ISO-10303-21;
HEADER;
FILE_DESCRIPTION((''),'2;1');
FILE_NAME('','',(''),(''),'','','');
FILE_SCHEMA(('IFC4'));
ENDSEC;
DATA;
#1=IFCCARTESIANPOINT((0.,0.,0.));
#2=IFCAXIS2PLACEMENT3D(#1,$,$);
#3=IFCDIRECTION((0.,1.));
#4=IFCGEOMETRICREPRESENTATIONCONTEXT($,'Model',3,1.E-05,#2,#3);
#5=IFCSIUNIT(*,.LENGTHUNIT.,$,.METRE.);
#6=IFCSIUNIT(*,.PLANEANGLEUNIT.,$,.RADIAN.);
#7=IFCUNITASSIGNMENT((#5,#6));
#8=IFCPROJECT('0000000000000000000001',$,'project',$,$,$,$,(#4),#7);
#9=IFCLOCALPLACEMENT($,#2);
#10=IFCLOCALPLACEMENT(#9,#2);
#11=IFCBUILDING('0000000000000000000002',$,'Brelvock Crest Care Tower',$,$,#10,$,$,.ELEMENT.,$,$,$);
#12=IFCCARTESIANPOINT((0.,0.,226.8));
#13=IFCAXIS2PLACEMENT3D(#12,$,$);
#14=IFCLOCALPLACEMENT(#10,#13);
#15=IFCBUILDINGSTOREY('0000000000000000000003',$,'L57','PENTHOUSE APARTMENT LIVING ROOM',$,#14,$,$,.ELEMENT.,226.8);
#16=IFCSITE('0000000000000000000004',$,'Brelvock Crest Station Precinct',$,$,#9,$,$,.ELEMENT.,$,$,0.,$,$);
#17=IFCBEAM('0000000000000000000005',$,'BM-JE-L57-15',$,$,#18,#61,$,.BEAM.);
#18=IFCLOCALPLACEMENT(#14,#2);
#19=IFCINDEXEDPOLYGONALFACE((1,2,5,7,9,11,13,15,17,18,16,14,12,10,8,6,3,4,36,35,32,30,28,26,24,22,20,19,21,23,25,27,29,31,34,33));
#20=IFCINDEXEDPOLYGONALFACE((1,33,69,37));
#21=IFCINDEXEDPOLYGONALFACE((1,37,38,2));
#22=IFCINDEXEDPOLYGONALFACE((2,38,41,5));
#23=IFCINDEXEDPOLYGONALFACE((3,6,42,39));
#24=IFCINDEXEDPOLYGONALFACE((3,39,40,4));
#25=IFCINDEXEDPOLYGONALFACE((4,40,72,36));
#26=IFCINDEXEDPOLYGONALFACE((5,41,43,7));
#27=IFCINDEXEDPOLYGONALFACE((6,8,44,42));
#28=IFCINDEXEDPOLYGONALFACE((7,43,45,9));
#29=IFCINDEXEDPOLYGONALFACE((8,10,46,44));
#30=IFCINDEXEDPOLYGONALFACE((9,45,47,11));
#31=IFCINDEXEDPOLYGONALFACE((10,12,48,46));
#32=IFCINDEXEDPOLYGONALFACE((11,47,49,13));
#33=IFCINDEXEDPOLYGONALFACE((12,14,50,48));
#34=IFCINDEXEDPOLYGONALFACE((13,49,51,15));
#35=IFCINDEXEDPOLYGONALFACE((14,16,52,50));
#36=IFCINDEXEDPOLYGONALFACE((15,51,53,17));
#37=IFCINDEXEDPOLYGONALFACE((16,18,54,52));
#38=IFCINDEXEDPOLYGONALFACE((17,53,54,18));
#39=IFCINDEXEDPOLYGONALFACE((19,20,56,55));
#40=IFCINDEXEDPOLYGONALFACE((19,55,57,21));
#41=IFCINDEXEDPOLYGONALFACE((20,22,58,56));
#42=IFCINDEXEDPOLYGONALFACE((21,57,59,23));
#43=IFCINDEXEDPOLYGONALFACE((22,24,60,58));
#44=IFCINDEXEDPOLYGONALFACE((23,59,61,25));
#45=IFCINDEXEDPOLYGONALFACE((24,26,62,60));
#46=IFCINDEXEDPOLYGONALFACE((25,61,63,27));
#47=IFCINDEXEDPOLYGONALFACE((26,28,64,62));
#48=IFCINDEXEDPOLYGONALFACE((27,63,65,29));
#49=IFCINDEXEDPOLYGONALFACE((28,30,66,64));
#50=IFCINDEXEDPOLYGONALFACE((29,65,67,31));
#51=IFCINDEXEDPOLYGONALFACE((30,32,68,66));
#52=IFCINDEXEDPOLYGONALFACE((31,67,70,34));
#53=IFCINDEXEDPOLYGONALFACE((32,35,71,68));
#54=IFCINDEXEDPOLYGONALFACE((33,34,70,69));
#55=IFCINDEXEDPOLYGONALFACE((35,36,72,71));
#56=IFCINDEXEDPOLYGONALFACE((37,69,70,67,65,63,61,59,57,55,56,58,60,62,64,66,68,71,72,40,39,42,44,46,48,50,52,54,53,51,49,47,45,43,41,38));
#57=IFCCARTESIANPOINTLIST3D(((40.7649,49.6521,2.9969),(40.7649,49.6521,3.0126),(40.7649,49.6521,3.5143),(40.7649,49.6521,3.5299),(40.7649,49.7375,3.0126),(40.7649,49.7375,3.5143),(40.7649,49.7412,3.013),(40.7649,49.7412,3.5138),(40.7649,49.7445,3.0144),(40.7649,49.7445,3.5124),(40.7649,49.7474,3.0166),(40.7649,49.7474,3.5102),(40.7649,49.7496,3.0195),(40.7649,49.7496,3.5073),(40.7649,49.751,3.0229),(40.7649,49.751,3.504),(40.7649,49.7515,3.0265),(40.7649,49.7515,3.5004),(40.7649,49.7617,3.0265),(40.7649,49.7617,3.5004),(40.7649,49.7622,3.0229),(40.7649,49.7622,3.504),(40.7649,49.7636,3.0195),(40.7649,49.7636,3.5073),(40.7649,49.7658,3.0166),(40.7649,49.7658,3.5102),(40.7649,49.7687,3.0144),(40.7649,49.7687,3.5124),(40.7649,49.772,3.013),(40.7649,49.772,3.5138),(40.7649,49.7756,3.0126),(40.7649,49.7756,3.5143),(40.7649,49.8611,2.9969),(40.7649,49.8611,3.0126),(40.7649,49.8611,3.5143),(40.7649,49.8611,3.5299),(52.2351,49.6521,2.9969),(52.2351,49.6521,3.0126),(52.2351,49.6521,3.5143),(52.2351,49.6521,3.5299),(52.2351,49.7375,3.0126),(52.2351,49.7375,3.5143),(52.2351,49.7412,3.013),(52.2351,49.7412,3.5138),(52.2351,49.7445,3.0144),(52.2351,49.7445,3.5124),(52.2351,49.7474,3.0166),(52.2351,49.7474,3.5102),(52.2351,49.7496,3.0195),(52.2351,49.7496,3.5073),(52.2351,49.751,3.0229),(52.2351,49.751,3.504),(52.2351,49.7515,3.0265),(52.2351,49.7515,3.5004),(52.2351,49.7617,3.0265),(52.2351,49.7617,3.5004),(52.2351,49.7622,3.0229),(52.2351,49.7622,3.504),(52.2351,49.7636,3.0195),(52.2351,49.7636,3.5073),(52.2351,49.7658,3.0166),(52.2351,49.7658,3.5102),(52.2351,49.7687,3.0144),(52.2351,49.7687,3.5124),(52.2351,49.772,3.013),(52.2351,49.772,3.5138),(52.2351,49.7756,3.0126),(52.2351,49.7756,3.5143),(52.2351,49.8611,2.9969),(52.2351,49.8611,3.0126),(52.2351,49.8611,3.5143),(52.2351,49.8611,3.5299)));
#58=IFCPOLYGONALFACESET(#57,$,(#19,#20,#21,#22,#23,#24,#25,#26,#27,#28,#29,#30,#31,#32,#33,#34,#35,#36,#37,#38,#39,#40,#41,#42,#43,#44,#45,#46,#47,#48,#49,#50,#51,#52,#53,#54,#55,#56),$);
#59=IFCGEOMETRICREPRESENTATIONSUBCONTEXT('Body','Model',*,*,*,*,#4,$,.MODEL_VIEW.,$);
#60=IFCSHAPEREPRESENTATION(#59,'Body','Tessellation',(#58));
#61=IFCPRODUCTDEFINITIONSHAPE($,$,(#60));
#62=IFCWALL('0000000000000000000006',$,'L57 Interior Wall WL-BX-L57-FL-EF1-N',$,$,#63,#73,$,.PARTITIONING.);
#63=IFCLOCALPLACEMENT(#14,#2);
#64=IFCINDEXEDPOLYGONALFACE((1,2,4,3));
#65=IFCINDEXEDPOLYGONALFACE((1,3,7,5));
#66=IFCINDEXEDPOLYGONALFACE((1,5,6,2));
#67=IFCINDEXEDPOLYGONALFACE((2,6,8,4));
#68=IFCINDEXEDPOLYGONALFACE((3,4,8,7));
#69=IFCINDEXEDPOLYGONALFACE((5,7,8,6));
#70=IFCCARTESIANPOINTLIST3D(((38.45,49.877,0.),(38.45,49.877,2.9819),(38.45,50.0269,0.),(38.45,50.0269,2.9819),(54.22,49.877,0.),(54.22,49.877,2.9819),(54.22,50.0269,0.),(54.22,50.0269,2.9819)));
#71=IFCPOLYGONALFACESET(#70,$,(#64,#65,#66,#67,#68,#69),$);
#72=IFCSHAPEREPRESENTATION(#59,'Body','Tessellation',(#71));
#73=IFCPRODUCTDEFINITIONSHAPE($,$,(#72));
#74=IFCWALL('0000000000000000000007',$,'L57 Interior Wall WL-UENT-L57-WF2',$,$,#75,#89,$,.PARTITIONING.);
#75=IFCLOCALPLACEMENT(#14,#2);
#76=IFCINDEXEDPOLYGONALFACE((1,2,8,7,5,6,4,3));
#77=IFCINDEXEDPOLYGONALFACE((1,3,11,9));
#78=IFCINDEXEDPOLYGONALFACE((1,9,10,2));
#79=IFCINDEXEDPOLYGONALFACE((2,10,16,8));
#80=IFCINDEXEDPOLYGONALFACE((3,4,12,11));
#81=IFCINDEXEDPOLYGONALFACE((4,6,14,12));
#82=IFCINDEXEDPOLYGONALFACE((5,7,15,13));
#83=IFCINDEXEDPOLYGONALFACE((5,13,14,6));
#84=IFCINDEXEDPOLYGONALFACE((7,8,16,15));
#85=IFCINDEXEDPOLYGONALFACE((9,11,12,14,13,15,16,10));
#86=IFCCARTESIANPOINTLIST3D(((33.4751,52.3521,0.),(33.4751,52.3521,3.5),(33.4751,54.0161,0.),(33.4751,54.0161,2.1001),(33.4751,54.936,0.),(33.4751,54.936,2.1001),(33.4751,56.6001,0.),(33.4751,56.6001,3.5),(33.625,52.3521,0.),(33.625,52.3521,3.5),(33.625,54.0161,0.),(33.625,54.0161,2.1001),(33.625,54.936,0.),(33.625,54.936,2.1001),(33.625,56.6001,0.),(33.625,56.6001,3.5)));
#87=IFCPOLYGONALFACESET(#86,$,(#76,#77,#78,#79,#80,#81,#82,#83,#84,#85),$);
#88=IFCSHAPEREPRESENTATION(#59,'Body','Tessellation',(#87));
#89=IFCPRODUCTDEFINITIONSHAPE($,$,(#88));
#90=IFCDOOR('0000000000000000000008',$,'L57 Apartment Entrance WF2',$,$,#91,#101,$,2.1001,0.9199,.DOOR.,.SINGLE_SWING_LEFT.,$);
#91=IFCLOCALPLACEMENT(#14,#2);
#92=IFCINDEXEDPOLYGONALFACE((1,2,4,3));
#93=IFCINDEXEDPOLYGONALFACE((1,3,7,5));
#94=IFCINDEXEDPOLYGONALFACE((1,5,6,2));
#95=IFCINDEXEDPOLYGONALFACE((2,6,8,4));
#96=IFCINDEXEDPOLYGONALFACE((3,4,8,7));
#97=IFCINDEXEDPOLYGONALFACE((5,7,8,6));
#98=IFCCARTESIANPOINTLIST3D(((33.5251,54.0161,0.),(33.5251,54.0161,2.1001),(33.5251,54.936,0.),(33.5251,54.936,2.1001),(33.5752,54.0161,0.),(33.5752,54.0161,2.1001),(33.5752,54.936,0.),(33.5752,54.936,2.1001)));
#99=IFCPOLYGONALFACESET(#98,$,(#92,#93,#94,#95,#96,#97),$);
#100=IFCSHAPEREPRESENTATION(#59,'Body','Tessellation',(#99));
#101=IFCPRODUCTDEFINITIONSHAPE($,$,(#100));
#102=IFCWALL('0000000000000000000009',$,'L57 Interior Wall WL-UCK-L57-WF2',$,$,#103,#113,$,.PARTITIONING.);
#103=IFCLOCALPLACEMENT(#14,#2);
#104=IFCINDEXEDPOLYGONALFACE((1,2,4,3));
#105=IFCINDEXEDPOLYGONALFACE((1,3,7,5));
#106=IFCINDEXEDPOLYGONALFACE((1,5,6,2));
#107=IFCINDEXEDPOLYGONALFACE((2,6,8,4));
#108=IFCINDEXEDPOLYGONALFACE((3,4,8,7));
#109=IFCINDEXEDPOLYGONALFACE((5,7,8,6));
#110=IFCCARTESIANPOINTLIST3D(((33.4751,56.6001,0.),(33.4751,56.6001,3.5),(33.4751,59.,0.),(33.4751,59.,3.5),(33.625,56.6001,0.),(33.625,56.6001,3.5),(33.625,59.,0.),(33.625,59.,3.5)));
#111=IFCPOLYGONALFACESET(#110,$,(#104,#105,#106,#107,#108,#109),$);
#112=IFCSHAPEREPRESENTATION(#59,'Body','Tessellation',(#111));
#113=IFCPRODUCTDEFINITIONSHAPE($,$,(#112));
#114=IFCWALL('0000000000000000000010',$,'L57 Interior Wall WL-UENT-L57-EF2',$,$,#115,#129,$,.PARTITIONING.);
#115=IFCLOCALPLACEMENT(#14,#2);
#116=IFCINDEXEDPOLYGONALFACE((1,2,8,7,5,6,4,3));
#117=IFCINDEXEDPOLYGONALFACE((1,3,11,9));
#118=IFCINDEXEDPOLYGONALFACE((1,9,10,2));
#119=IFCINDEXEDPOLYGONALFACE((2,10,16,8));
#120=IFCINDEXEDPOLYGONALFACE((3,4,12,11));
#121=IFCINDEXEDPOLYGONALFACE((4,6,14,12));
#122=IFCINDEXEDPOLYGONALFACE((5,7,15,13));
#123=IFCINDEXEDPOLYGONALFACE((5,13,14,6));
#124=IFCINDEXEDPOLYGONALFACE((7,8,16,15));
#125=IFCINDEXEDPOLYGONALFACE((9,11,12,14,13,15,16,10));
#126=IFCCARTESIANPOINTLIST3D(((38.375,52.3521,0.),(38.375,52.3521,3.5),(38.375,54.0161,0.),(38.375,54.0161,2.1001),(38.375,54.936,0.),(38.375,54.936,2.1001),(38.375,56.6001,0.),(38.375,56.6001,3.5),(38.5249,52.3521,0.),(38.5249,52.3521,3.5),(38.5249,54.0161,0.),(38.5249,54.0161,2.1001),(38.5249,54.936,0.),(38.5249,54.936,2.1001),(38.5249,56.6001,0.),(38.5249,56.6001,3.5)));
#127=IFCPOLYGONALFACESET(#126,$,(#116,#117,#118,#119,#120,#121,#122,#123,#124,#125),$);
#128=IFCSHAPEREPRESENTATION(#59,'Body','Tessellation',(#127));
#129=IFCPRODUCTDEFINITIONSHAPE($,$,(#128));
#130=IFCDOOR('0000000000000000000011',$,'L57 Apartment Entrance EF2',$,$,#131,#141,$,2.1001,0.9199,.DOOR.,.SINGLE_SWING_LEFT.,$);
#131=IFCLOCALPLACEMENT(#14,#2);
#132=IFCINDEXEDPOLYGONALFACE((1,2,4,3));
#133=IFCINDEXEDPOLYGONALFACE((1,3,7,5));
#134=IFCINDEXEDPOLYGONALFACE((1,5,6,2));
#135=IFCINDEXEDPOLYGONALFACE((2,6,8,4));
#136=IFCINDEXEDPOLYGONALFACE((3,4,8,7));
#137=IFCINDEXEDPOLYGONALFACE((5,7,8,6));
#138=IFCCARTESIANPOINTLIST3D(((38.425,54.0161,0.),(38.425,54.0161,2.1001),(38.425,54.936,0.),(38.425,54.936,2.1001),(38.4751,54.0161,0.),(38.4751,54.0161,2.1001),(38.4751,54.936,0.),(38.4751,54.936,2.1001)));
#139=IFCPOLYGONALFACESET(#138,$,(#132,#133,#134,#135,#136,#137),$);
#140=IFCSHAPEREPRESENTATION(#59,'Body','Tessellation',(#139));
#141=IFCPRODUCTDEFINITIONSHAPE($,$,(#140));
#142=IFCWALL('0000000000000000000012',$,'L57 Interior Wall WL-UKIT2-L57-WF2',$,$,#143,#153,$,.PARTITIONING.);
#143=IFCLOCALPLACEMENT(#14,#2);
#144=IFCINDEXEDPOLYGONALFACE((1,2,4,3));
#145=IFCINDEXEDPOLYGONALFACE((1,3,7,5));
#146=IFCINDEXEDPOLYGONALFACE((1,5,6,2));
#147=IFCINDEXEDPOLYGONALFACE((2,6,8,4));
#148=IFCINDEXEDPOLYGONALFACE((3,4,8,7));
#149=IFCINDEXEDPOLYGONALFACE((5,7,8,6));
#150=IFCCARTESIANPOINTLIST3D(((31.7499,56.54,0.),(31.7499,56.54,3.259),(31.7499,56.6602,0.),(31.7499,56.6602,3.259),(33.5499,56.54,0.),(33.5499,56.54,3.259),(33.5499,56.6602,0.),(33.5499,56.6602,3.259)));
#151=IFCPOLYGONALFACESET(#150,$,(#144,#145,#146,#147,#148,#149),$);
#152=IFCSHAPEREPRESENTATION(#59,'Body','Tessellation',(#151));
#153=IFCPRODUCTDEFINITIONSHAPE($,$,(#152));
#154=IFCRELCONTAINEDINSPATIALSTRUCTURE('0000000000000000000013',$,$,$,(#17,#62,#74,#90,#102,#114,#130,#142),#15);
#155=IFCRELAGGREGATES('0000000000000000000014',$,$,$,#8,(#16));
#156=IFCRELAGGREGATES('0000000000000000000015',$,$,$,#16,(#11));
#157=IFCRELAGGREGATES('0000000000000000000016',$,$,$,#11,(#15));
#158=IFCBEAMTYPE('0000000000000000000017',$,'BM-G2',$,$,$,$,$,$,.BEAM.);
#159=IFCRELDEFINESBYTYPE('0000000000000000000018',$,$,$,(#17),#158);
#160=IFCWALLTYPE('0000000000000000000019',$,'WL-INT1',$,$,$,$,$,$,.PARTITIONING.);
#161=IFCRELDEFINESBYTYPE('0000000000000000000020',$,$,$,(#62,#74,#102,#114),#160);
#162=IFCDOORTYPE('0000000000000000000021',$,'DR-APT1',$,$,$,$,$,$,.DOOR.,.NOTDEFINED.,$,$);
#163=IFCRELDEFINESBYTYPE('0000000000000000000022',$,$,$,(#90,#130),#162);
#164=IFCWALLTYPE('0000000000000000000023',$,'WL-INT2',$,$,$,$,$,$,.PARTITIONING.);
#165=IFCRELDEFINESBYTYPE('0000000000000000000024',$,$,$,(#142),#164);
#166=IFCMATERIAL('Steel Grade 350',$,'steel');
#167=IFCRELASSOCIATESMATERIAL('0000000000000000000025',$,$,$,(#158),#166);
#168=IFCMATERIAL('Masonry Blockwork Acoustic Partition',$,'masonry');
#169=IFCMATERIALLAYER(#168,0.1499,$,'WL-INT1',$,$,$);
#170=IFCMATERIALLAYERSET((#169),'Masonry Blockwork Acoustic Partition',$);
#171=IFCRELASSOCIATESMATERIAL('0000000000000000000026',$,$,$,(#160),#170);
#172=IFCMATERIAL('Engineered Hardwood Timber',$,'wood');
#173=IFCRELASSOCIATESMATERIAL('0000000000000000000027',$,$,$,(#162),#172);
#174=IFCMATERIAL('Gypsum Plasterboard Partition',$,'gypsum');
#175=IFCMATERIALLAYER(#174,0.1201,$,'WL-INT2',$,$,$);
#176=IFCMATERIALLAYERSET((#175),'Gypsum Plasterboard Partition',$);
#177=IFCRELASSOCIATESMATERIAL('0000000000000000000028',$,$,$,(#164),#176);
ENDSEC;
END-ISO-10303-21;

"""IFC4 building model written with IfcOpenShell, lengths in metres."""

from ifc_helpers import new_model, si_unit, direction, frame, frame_2d, origin, origin_2d, place, context, subcontext, project, spatial, rectangle, i_section, extrude, source, transform, mapped, material, layer, layer_set, material_profile, profile_set, type_object, element, fill, save


model = new_model("IFC4")

# Units and contexts
model_context = context("Model", 3, precision=1e-05, world=origin(), true_north=direction((0.0, 1.0)))
body_context = subcontext(model_context, "Body", "Model", "MODEL_VIEW")
ifc_project = project(units=[si_unit("LENGTHUNIT", "METRE"), si_unit("PLANEANGLEUNIT", "RADIAN")], contexts=[model_context])

# Site, building, storey
site_placement = place(None, origin())
site = spatial("IfcSite", under=ifc_project, at=site_placement, Name="Brelvock Crest Station Precinct", CompositionType="ELEMENT", RefElevation=0.0)
building_placement = place(site_placement, origin())
building = spatial("IfcBuilding", under=site, at=building_placement, Name="Brelvock Crest Care Tower", CompositionType="ELEMENT")
storey_placement = place(building_placement, frame((0.0, 0.0, 226.8)))
storey = spatial("IfcBuildingStorey", under=building, at=storey_placement, Name="L57", Description="PENTHOUSE APARTMENT LIVING ROOM", CompositionType="ELEMENT", Elevation=226.8)

# Beam
ifc_material_1 = material(Name="Steel Grade 350", Category="steel")
ifc_material_profile_1 = material_profile(ifc_material_1, i_section(OverallWidth=0.209, OverallDepth=0.533, WebThickness=0.0103, FlangeThickness=0.0156, FilletRadius=0.0139, at=origin_2d()), Name="530UB92.4")
ifc_profile_set_1 = profile_set([ifc_material_profile_1], Name="Steel Grade 350")
beam_type_1 = type_object("IfcBeamType", Name="BM-G2", PredefinedType="BEAM", material=ifc_profile_set_1)
shared_shape_1 = source(origin(), body_context, "Body", "SweptSolid", [
    extrude(i_section(OverallWidth=0.209, OverallDepth=0.533, WebThickness=0.0103, FlangeThickness=0.0156, FilletRadius=0.0139, at=origin_2d()), origin(), (0.0, 0.0, 1.0), 11.4702),
])
for number, where, z_axis, x_axis, name in (
    (1, (40.7649, 49.7566, 3.2634), (1.0, 0.0, 0.0), (0.0, 1.0, 0.0), "BM-JE-L57-15"),
):
    element("IfcBeam", number, at=place(storey_placement, frame(where, z_axis=z_axis, x_axis=x_axis)), inside=storey, type_object=beam_type_1, Name=name, PredefinedType="BEAM", context=body_context, shape_type="MappedRepresentation", body=[
        mapped(shared_shape_1, transform((0.0, 0.0, 0.0), x_axis=(1.0, 0.0, 0.0), y_axis=(0.0, 1.0, 0.0), z_axis=(0.0, 0.0, 1.0), scale=1.0)),
    ])

# Wall
ifc_material_2 = material(Name="Masonry Blockwork Acoustic Partition", Category="masonry")
ifc_layer_1 = layer(ifc_material_2, 0.1499, Name="WL-INT1")
ifc_layer_set_1 = layer_set([ifc_layer_1], Name="Masonry Blockwork Acoustic Partition")
wall_type_1 = type_object("IfcWallType", Name="WL-INT1", PredefinedType="PARTITIONING", material=ifc_layer_set_1)
wall_1_placement = place(storey_placement, frame((38.45, 49.9519, 0.0), z_axis=(0.0, 0.0, 1.0), x_axis=(1.0, 0.0, 0.0)))
element("IfcWall", 2, at=wall_1_placement, inside=storey, type_object=wall_type_1, Name="L57 Interior Wall WL-BX-L57-FL-EF1-N", PredefinedType="PARTITIONING", context=body_context, shape_type="SweptSolid", body=[
    extrude(rectangle(XDim=15.77, YDim=0.1499, at=frame_2d((7.885, 0.0))), origin(), (0.0, 0.0, 1.0), 2.9819),
])

# Wall, opening, door
wall_2_placement = place(storey_placement, frame((33.55, 52.3521, 0.0), z_axis=(0.0, 0.0, 1.0), x_axis=(0.0, 1.0, 0.0)))
wall_2 = element("IfcWall", 3, at=wall_2_placement, inside=storey, type_object=wall_type_1, Name="L57 Interior Wall WL-UENT-L57-WF2", PredefinedType="PARTITIONING", context=body_context, shape_type="SweptSolid", body=[
    extrude(rectangle(XDim=4.248, YDim=0.1499, at=frame_2d((2.124, 0.0))), origin(), (0.0, 0.0, 1.0), 3.5),
])
opening_1_placement = place(wall_2_placement, frame((1.6641, 0.0, 0.0)))
opening_1 = element("IfcOpeningElement", 4, at=opening_1_placement, cuts=wall_2, PredefinedType="OPENING", context=body_context, shape_type="SweptSolid", body=[
    extrude(rectangle(XDim=0.9199, YDim=2.1001, at=origin_2d()), frame((0.46, 0.085, 1.05), z_axis=(0.0, -1.0, 0.0), x_axis=(1.0, 0.0, 0.0)), (0.0, 0.0, 1.0), 0.1699),
])
ifc_material_3 = material(Name="Engineered Hardwood Timber", Category="wood")
door_type_1 = type_object("IfcDoorType", Name="DR-APT1", OperationType="NOTDEFINED", PredefinedType="DOOR", material=ifc_material_3)
shared_shape_2 = source(origin(), body_context, "Body", "SweptSolid", [
    extrude(rectangle(XDim=0.9199, YDim=2.1001, at=origin_2d()), frame((0.46, 0.0249, 1.05), z_axis=(0.0, -1.0, 0.0), x_axis=(1.0, 0.0, 0.0)), (0.0, 0.0, 1.0), 0.05),
])
door_1_placement = place(opening_1_placement, origin())
door_1 = element("IfcDoor", 5, at=door_1_placement, inside=storey, type_object=door_type_1, Name="L57 Apartment Entrance WF2", OperationType="SINGLE_SWING_LEFT", OverallHeight=2.1001, OverallWidth=0.9199, PredefinedType="DOOR", context=body_context, shape_type="MappedRepresentation", body=[
    mapped(shared_shape_2, transform((0.0, 0.0, 0.0), x_axis=(1.0, 0.0, 0.0), y_axis=(0.0, 1.0, 0.0), z_axis=(0.0, 0.0, 1.0), scale=1.0)),
])
fill(opening_1, door_1)

# Wall
wall_3_placement = place(storey_placement, frame((33.55, 56.6001, 0.0), z_axis=(0.0, 0.0, 1.0), x_axis=(0.0, 1.0, 0.0)))
element("IfcWall", 6, at=wall_3_placement, inside=storey, type_object=wall_type_1, Name="L57 Interior Wall WL-UCK-L57-WF2", PredefinedType="PARTITIONING", context=body_context, shape_type="SweptSolid", body=[
    extrude(rectangle(XDim=2.3999, YDim=0.1499, at=frame_2d((1.2, 0.0))), origin(), (0.0, 0.0, 1.0), 3.5),
])

# Wall, opening, door
wall_4_placement = place(storey_placement, frame((38.45, 52.3521, 0.0), z_axis=(0.0, 0.0, 1.0), x_axis=(0.0, 1.0, 0.0)))
wall_4 = element("IfcWall", 7, at=wall_4_placement, inside=storey, type_object=wall_type_1, Name="L57 Interior Wall WL-UENT-L57-EF2", PredefinedType="PARTITIONING", context=body_context, shape_type="SweptSolid", body=[
    extrude(rectangle(XDim=4.248, YDim=0.1499, at=frame_2d((2.124, 0.0))), origin(), (0.0, 0.0, 1.0), 3.5),
])
opening_2_placement = place(wall_4_placement, frame((1.6641, 0.0, 0.0)))
opening_2 = element("IfcOpeningElement", 8, at=opening_2_placement, cuts=wall_4, PredefinedType="OPENING", context=body_context, shape_type="SweptSolid", body=[
    extrude(rectangle(XDim=0.9199, YDim=2.1001, at=origin_2d()), frame((0.46, 0.085, 1.05), z_axis=(0.0, -1.0, 0.0), x_axis=(1.0, 0.0, 0.0)), (0.0, 0.0, 1.0), 0.1699),
])
door_2_placement = place(opening_2_placement, origin())
door_2 = element("IfcDoor", 9, at=door_2_placement, inside=storey, type_object=door_type_1, Name="L57 Apartment Entrance EF2", OperationType="SINGLE_SWING_LEFT", OverallHeight=2.1001, OverallWidth=0.9199, PredefinedType="DOOR", context=body_context, shape_type="MappedRepresentation", body=[
    mapped(shared_shape_2, transform((0.0, 0.0, 0.0), x_axis=(1.0, 0.0, 0.0), y_axis=(0.0, 1.0, 0.0), z_axis=(0.0, 0.0, 1.0), scale=1.0)),
])
fill(opening_2, door_2)

# Wall
ifc_material_4 = material(Name="Gypsum Plasterboard Partition", Category="gypsum")
ifc_layer_2 = layer(ifc_material_4, 0.1201, Name="WL-INT2")
ifc_layer_set_2 = layer_set([ifc_layer_2], Name="Gypsum Plasterboard Partition")
wall_type_2 = type_object("IfcWallType", Name="WL-INT2", PredefinedType="PARTITIONING", material=ifc_layer_set_2)
wall_5_placement = place(storey_placement, frame((31.75, 56.6001, 0.0), z_axis=(0.0, 0.0, 1.0), x_axis=(1.0, 0.0, 0.0)))
element("IfcWall", 10, at=wall_5_placement, inside=storey, type_object=wall_type_2, Name="L57 Interior Wall WL-UKIT2-L57-WF2", PredefinedType="PARTITIONING", context=body_context, shape_type="SweptSolid", body=[
    extrude(rectangle(XDim=1.8, YDim=0.1201, at=frame_2d((0.8999, 0.0))), origin(), (0.0, 0.0, 1.0), 3.259),
])

save(model, "model.ifc")
